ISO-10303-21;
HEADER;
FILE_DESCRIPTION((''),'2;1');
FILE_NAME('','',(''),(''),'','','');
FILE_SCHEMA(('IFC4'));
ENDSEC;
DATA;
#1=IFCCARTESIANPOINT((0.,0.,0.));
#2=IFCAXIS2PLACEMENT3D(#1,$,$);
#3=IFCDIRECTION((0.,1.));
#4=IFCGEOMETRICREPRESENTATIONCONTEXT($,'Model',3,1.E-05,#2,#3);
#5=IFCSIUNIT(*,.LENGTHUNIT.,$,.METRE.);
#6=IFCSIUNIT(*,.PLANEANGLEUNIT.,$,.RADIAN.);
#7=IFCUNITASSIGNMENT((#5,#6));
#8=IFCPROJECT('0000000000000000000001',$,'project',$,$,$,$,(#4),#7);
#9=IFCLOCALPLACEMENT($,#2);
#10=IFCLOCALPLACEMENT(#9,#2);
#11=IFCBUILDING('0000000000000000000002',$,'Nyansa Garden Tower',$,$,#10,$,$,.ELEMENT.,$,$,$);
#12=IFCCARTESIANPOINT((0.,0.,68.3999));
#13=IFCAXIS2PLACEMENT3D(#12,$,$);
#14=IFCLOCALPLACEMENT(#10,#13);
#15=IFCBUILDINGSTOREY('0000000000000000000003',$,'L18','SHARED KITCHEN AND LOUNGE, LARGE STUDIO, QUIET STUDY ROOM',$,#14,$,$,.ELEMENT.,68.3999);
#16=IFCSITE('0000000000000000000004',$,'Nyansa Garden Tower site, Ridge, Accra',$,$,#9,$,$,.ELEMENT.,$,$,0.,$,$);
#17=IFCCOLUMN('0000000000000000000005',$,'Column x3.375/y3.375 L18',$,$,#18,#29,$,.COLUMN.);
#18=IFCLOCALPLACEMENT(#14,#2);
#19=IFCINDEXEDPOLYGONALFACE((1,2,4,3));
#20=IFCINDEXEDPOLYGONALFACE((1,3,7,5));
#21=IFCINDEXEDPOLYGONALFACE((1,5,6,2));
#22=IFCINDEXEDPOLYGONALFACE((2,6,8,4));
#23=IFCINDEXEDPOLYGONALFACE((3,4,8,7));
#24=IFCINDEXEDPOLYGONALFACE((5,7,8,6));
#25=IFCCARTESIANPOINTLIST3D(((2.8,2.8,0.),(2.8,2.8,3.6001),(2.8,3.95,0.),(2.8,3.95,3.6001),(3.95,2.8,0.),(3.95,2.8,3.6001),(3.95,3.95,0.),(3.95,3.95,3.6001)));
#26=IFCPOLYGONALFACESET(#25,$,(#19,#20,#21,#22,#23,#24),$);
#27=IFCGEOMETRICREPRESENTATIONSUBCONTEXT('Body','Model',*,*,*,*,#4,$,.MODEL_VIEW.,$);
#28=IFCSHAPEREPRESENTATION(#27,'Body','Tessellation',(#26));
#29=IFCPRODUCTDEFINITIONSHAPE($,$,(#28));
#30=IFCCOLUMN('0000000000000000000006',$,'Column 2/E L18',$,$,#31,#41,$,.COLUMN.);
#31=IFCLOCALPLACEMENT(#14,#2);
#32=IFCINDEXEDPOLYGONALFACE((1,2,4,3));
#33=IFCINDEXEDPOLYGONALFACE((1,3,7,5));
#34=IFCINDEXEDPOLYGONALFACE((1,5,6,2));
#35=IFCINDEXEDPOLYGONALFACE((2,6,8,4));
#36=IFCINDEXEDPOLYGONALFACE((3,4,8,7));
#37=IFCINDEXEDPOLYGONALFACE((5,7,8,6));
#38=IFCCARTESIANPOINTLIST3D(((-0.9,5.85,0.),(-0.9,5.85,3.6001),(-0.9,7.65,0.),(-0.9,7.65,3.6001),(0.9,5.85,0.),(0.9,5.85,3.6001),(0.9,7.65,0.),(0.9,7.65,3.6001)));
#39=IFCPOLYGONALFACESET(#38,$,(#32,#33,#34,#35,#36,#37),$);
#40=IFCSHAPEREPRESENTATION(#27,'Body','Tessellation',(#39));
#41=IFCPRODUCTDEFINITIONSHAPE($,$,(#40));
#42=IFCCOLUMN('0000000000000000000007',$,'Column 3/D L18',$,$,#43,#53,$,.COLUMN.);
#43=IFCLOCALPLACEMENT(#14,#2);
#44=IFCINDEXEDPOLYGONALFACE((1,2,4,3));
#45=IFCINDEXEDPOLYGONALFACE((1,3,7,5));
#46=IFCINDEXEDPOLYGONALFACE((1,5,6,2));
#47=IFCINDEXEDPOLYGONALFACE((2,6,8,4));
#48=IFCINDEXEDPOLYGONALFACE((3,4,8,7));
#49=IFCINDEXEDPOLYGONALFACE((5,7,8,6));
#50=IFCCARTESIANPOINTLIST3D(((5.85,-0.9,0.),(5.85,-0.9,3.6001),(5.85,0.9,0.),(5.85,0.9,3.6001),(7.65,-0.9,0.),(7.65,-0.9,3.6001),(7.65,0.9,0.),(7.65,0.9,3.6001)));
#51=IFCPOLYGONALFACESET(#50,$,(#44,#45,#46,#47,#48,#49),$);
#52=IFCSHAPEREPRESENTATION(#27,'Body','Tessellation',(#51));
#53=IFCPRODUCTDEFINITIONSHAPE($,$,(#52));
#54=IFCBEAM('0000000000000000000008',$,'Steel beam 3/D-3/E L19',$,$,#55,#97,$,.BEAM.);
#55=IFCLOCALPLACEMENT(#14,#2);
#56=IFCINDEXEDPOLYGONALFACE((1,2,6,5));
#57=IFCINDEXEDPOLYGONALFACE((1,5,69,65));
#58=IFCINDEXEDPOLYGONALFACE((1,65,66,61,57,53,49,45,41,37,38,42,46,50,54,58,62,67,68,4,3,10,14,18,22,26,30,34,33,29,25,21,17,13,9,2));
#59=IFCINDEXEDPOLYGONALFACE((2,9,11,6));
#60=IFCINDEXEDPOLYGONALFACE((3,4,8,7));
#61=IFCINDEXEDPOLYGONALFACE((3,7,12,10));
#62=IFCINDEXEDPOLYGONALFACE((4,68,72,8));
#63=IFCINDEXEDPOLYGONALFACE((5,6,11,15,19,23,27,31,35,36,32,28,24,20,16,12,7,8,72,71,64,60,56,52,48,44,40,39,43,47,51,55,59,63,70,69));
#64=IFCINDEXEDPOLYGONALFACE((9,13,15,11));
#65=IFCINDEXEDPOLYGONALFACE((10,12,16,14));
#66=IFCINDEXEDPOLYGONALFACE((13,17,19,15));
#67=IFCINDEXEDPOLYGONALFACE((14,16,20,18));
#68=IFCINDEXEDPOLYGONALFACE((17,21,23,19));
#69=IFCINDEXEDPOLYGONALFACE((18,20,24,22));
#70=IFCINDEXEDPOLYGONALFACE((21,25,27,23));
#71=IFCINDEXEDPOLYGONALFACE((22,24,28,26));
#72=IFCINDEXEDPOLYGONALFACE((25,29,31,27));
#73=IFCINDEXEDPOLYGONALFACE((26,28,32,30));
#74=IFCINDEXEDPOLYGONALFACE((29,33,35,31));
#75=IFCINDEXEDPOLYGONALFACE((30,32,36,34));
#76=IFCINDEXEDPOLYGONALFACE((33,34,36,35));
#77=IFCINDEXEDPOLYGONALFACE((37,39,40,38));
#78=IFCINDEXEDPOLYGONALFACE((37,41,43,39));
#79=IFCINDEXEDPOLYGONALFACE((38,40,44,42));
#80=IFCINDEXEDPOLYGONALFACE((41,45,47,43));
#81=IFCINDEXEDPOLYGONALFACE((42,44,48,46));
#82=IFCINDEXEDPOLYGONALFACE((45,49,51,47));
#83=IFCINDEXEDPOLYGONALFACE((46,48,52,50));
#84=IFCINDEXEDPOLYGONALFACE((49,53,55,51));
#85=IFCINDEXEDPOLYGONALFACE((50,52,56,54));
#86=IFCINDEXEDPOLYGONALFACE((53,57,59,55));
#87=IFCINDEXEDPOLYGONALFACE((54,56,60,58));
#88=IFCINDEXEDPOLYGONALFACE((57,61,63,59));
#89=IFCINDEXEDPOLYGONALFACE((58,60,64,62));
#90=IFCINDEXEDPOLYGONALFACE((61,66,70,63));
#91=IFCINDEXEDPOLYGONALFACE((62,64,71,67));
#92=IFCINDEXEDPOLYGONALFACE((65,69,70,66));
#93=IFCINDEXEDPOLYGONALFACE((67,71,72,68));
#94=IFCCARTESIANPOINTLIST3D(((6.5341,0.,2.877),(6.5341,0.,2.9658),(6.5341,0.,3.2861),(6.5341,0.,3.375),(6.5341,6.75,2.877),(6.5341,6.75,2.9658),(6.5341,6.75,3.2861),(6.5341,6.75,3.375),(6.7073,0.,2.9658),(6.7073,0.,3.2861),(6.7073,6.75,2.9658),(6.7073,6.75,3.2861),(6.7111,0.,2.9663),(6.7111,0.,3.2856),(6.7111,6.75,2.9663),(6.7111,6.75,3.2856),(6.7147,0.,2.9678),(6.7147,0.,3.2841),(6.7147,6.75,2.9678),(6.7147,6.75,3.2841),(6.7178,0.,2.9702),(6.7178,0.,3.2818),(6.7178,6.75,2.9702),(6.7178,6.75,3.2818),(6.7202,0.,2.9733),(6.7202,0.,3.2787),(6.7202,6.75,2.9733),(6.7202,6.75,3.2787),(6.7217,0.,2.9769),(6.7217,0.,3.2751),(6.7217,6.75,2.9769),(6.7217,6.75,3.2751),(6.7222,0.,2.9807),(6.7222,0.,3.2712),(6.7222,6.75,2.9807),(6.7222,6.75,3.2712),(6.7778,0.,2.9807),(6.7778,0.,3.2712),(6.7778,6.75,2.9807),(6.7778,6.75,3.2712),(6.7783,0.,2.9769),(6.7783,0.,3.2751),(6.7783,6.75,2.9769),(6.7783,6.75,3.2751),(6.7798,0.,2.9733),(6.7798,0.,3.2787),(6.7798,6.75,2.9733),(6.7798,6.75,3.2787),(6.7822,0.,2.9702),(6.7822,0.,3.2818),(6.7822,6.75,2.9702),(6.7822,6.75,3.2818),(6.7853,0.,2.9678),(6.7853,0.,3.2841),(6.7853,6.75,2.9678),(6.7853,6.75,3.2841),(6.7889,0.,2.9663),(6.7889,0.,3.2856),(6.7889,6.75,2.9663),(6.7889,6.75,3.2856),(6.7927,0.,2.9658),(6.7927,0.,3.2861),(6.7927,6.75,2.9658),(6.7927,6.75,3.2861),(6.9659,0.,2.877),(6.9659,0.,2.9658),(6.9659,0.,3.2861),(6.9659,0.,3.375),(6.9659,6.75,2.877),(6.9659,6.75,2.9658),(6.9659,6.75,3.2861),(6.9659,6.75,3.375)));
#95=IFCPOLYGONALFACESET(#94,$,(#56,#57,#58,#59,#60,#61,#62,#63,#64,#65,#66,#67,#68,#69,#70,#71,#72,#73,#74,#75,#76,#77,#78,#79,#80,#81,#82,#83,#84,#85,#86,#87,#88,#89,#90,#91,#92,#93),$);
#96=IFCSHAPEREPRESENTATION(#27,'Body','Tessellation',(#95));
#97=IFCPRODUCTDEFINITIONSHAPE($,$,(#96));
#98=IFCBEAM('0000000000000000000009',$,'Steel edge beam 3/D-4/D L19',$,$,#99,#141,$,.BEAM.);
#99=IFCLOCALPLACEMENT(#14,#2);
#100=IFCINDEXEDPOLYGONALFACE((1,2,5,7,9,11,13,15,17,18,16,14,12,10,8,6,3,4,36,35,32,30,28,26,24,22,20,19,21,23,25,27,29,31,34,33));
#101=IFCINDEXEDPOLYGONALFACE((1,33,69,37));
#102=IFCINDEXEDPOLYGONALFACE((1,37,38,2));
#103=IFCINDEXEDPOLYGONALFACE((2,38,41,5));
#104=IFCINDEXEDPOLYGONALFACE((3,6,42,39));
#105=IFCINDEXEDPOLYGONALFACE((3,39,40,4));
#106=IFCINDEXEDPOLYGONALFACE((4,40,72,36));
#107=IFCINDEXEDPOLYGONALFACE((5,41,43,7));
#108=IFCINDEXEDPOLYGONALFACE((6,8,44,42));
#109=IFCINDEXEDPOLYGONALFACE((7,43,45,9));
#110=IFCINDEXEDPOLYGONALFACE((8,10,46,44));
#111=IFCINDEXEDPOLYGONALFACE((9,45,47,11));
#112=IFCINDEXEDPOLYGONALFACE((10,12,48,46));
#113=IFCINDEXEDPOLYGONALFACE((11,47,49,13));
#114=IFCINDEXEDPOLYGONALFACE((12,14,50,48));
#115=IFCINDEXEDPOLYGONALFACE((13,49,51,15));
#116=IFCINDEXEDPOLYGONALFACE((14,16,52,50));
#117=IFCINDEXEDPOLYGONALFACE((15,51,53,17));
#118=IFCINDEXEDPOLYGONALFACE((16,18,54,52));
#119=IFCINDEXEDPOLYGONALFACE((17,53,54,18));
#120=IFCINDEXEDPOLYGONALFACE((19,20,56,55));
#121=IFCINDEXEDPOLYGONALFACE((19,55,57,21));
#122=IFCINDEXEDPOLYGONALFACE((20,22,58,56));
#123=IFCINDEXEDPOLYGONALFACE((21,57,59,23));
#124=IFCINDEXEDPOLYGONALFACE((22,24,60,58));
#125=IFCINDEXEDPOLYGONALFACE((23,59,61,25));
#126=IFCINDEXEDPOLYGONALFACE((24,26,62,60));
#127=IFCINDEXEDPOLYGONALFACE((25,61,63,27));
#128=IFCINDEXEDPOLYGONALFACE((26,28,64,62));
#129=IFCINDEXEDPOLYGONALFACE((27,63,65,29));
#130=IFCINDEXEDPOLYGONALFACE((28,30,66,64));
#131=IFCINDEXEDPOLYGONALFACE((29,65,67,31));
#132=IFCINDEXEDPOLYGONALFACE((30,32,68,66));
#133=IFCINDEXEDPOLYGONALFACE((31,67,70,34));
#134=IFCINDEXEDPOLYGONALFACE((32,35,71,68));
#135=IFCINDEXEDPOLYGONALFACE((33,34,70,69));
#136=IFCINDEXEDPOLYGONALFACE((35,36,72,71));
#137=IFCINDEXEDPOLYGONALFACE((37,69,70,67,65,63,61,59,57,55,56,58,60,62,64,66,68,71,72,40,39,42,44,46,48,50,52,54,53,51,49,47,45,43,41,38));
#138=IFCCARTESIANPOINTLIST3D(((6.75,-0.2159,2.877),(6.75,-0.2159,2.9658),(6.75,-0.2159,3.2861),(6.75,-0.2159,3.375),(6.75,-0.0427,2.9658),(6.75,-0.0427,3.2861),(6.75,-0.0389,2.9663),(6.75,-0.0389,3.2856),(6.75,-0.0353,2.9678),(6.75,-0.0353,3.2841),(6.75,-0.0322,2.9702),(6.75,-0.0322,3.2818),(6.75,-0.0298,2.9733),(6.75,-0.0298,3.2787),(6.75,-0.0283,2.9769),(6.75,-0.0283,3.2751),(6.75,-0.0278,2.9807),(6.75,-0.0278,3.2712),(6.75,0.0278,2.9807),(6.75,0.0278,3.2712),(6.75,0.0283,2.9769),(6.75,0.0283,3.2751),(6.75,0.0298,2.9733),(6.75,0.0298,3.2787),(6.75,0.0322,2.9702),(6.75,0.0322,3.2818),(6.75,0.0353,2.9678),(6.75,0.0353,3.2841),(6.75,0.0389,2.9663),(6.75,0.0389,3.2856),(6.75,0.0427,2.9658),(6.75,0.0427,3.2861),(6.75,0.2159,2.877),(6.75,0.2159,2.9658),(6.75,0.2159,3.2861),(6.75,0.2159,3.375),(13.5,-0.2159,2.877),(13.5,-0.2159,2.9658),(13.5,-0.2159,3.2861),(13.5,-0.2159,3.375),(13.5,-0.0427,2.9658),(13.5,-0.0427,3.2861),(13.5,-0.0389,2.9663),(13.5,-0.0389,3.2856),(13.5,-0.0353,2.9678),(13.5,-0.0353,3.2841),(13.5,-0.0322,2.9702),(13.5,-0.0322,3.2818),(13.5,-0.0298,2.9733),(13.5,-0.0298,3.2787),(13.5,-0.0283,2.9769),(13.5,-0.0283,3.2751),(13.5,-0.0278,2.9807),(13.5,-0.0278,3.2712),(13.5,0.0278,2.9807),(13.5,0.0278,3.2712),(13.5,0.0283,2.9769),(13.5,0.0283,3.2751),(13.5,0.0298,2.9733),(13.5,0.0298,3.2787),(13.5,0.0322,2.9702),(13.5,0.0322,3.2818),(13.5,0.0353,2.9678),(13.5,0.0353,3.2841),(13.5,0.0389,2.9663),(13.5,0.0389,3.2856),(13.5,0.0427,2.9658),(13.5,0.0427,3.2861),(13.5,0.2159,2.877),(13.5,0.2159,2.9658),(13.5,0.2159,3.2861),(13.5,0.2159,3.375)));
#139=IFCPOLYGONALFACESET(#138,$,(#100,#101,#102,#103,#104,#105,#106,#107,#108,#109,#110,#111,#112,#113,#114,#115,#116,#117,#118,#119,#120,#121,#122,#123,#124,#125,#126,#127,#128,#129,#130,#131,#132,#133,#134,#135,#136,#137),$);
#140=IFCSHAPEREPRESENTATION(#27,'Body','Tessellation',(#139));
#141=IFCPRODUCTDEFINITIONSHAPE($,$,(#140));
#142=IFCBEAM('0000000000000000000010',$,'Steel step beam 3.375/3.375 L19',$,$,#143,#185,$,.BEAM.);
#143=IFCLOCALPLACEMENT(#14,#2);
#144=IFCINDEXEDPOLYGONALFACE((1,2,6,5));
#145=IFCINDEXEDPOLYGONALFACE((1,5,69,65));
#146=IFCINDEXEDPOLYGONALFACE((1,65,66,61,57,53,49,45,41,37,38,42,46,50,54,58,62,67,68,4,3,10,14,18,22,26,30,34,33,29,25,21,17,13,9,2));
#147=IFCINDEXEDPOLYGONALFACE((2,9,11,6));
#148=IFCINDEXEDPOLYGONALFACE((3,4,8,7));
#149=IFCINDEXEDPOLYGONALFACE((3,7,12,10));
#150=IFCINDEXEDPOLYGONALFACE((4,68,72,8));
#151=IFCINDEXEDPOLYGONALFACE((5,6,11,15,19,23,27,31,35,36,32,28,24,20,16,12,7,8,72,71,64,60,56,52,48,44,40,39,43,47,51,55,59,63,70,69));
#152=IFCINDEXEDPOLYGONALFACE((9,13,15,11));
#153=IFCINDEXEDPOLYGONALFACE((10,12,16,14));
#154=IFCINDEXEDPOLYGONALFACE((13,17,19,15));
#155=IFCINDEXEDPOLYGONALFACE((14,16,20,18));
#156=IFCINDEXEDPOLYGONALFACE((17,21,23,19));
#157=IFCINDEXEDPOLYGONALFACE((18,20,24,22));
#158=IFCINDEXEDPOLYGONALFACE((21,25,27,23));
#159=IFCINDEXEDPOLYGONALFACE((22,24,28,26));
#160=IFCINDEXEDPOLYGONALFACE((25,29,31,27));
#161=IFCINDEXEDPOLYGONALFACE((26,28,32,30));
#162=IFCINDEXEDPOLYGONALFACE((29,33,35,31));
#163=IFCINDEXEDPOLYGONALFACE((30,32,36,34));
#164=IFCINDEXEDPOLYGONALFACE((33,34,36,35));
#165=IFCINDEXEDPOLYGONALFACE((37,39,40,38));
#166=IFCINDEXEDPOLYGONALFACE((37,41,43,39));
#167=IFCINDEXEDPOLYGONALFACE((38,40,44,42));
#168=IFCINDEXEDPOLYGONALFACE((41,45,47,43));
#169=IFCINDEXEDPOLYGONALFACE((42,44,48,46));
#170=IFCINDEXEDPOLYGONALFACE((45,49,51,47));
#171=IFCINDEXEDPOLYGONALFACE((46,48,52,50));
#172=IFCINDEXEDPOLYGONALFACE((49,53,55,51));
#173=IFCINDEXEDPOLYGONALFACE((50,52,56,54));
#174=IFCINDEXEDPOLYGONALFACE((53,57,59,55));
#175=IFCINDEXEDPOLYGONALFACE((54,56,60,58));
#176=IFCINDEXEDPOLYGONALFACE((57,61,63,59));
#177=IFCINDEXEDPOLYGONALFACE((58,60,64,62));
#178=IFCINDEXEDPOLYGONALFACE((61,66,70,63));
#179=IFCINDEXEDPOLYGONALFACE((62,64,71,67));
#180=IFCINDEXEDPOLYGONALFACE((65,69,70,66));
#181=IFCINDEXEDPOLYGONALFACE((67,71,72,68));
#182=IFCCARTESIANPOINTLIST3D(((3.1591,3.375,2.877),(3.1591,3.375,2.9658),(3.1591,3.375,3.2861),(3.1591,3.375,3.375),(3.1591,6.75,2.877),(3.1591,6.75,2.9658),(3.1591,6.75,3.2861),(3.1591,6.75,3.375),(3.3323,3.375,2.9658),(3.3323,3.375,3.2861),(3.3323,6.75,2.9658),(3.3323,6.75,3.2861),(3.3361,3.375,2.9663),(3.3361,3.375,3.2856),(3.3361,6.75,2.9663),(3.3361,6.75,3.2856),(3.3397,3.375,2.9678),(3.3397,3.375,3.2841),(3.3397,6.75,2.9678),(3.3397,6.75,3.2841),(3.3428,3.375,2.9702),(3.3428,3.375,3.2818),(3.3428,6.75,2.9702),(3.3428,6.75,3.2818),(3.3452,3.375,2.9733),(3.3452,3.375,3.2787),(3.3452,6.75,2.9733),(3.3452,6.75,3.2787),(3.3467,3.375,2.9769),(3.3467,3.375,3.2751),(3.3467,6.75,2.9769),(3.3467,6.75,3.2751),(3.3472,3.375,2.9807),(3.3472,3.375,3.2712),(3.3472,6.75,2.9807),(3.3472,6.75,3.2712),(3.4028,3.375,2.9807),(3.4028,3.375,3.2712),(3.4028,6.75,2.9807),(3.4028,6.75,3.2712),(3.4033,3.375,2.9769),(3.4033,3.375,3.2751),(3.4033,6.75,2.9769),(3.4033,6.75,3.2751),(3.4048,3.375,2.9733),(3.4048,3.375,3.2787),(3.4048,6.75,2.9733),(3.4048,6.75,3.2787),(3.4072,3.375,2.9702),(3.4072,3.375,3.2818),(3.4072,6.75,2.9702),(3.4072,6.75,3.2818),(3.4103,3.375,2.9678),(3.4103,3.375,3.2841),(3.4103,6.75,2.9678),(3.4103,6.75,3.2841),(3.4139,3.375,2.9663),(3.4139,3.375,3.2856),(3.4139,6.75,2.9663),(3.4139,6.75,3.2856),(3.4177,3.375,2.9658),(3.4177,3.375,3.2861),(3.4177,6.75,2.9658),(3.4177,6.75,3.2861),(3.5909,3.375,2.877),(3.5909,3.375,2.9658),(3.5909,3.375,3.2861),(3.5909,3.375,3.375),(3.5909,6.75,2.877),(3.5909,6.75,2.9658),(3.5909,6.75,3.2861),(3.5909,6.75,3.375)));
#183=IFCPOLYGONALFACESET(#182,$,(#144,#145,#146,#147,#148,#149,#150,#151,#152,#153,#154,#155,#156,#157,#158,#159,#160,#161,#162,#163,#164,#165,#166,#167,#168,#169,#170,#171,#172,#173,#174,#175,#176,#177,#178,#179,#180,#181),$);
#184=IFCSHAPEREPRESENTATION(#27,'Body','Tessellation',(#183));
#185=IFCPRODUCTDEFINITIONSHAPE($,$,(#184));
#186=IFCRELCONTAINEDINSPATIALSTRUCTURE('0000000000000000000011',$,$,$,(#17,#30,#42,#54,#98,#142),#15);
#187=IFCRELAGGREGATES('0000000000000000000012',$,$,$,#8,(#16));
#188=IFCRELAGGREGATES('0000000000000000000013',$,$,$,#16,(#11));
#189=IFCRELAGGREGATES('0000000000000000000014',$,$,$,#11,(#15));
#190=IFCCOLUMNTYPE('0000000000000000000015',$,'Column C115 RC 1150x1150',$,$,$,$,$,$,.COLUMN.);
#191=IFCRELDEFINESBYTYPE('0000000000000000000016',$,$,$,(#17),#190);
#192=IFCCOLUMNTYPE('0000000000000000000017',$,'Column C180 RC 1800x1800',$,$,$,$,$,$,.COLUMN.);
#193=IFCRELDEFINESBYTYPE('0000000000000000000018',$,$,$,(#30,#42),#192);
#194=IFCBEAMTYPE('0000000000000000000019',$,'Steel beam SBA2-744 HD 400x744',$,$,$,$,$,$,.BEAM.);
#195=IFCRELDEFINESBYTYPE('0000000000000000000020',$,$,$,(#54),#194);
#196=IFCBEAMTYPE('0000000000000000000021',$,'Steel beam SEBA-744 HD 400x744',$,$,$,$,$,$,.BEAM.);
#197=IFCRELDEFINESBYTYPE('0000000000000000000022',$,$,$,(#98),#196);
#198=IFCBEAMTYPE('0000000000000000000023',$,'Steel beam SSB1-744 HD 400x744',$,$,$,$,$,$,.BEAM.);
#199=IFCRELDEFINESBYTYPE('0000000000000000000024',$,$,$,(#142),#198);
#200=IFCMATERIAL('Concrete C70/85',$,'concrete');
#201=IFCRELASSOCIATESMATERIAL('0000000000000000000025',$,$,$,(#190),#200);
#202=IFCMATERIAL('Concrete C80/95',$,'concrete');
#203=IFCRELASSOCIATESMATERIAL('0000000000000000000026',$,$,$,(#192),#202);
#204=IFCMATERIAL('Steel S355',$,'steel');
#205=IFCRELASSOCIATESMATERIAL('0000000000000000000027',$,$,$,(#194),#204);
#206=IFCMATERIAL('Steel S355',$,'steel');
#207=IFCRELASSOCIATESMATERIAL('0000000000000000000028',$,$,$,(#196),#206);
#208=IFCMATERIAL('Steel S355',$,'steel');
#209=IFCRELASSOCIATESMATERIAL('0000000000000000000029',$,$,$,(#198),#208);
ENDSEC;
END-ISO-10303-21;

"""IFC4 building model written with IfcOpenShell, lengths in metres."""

from ifc_helpers import new_model, si_unit, direction, frame, origin, origin_2d, place, context, subcontext, project, spatial, rectangle, i_section, extrude, material, material_profile, profile_set, type_object, element, save


model = new_model("IFC4")

# Units and contexts
model_context = context("Model", 3, precision=1e-05, world=origin(), true_north=direction((0.0, 1.0)))
body_context = subcontext(model_context, "Body", "Model", "MODEL_VIEW")
ifc_project = project(units=[si_unit("LENGTHUNIT", "METRE"), si_unit("PLANEANGLEUNIT", "RADIAN")], contexts=[model_context])

# Site, building, storey
site_placement = place(None, origin())
site = spatial("IfcSite", under=ifc_project, at=site_placement, Name="Nyansa Garden Tower site, Ridge, Accra", CompositionType="ELEMENT", RefElevation=0.0)
building_placement = place(site_placement, origin())
building = spatial("IfcBuilding", under=site, at=building_placement, Name="Nyansa Garden Tower", CompositionType="ELEMENT")
storey_placement = place(building_placement, frame((0.0, 0.0, 68.3999)))
storey = spatial("IfcBuildingStorey", under=building, at=storey_placement, Name="L18", Description="SHARED KITCHEN AND LOUNGE, LARGE STUDIO, QUIET STUDY ROOM", CompositionType="ELEMENT", Elevation=68.3999)

# Columns
ifc_material_1 = material(Name="Concrete C70/85", Category="concrete")
ifc_material_profile_1 = material_profile(ifc_material_1, rectangle(XDim=1.1499, YDim=1.1499, at=origin_2d()), Name="RC 1150x1150")
ifc_profile_set_1 = profile_set([ifc_material_profile_1], Name="Concrete C70/85")
column_type_1 = type_object("IfcColumnType", Name="Column C115 RC 1150x1150", PredefinedType="COLUMN", material=ifc_profile_set_1)
column_placement = place(storey_placement, frame((3.375, 3.375, 0.0), z_axis=(0.0, 0.0, 1.0), x_axis=(1.0, 0.0, 0.0)))
element("IfcColumn", 1, at=column_placement, inside=storey, type_object=column_type_1, Name="Column x3.375/y3.375 L18", PredefinedType="COLUMN", context=body_context, shape_type="SweptSolid", body=[
    extrude(rectangle(XDim=1.1499, YDim=1.1499, at=origin_2d()), origin(), (0.0, 0.0, 1.0), 3.6001),
])
ifc_material_2 = material(Name="Concrete C80/95", Category="concrete")
ifc_material_profile_2 = material_profile(ifc_material_2, rectangle(XDim=1.8, YDim=1.8, at=origin_2d()), Name="RC 1800x1800")
ifc_profile_set_2 = profile_set([ifc_material_profile_2], Name="Concrete C80/95")
column_type_2 = type_object("IfcColumnType", Name="Column C180 RC 1800x1800", PredefinedType="COLUMN", material=ifc_profile_set_2)
for number, where, z_axis, x_axis, name in (
    (2, (0.0, 6.75, 0.0), (0.0, 0.0, 1.0), (1.0, 0.0, 0.0), "Column 2/E L18"),
    (3, (6.75, 0.0, 0.0), (0.0, 0.0, 1.0), (1.0, 0.0, 0.0), "Column 3/D L18"),
):
    element("IfcColumn", number, at=place(storey_placement, frame(where, z_axis=z_axis, x_axis=x_axis)), inside=storey, type_object=column_type_2, Name=name, PredefinedType="COLUMN", context=body_context, shape_type="SweptSolid", body=[
        extrude(rectangle(XDim=1.8, YDim=1.8, at=origin_2d()), origin(), (0.0, 0.0, 1.0), 3.6001),
    ])

# Beams
ifc_material_3 = material(Name="Steel S355", Category="steel")
ifc_material_profile_3 = material_profile(ifc_material_3, i_section(OverallWidth=0.4319, OverallDepth=0.498, WebThickness=0.0557, FlangeThickness=0.0889, FilletRadius=0.0149, at=origin_2d()), Name="HD 400x744")
ifc_profile_set_3 = profile_set([ifc_material_profile_3], Name="Steel S355")
beam_type_1 = type_object("IfcBeamType", Name="Steel beam SBA2-744 HD 400x744", PredefinedType="BEAM", material=ifc_profile_set_3)
beam_1_placement = place(storey_placement, frame((6.75, 0.0, 3.126), z_axis=(0.0, 1.0, 0.0), x_axis=(-1.0, 0.0, 0.0)))
element("IfcBeam", 4, at=beam_1_placement, inside=storey, type_object=beam_type_1, Name="Steel beam 3/D-3/E L19", PredefinedType="BEAM", context=body_context, shape_type="SweptSolid", body=[
    extrude(i_section(OverallWidth=0.4319, OverallDepth=0.498, WebThickness=0.0557, FlangeThickness=0.0889, FilletRadius=0.0149, at=origin_2d()), origin(), (0.0, 0.0, 1.0), 6.75),
])
ifc_material_4 = material(Name="Steel S355", Category="steel")
ifc_material_profile_4 = material_profile(ifc_material_4, i_section(OverallWidth=0.4319, OverallDepth=0.498, WebThickness=0.0557, FlangeThickness=0.0889, FilletRadius=0.0149, at=origin_2d()), Name="HD 400x744")
ifc_profile_set_4 = profile_set([ifc_material_profile_4], Name="Steel S355")
beam_type_2 = type_object("IfcBeamType", Name="Steel beam SEBA-744 HD 400x744", PredefinedType="BEAM", material=ifc_profile_set_4)
beam_2_placement = place(storey_placement, frame((6.75, 0.0, 3.126), z_axis=(1.0, 0.0, 0.0), x_axis=(0.0, 1.0, 0.0)))
element("IfcBeam", 5, at=beam_2_placement, inside=storey, type_object=beam_type_2, Name="Steel edge beam 3/D-4/D L19", PredefinedType="BEAM", context=body_context, shape_type="SweptSolid", body=[
    extrude(i_section(OverallWidth=0.4319, OverallDepth=0.498, WebThickness=0.0557, FlangeThickness=0.0889, FilletRadius=0.0149, at=origin_2d()), origin(), (0.0, 0.0, 1.0), 6.75),
])
ifc_material_5 = material(Name="Steel S355", Category="steel")
ifc_material_profile_5 = material_profile(ifc_material_5, i_section(OverallWidth=0.4319, OverallDepth=0.498, WebThickness=0.0557, FlangeThickness=0.0889, FilletRadius=0.0149, at=origin_2d()), Name="HD 400x744")
ifc_profile_set_5 = profile_set([ifc_material_profile_5], Name="Steel S355")
beam_type_3 = type_object("IfcBeamType", Name="Steel beam SSB1-744 HD 400x744", PredefinedType="BEAM", material=ifc_profile_set_5)
for number, where, z_axis, x_axis, name in (
    (6, (3.375, 3.375, 3.126), (0.0, 1.0, 0.0), (-1.0, 0.0, 0.0), "Steel step beam 3.375/3.375 L19"),
):
    element("IfcBeam", number, at=place(storey_placement, frame(where, z_axis=z_axis, x_axis=x_axis)), inside=storey, type_object=beam_type_3, Name=name, PredefinedType="BEAM", context=body_context, shape_type="SweptSolid", body=[
        extrude(i_section(OverallWidth=0.4319, OverallDepth=0.498, WebThickness=0.0557, FlangeThickness=0.0889, FilletRadius=0.0149, at=origin_2d()), origin(), (0.0, 0.0, 1.0), 3.375),
    ])

save(model, "model.ifc")
